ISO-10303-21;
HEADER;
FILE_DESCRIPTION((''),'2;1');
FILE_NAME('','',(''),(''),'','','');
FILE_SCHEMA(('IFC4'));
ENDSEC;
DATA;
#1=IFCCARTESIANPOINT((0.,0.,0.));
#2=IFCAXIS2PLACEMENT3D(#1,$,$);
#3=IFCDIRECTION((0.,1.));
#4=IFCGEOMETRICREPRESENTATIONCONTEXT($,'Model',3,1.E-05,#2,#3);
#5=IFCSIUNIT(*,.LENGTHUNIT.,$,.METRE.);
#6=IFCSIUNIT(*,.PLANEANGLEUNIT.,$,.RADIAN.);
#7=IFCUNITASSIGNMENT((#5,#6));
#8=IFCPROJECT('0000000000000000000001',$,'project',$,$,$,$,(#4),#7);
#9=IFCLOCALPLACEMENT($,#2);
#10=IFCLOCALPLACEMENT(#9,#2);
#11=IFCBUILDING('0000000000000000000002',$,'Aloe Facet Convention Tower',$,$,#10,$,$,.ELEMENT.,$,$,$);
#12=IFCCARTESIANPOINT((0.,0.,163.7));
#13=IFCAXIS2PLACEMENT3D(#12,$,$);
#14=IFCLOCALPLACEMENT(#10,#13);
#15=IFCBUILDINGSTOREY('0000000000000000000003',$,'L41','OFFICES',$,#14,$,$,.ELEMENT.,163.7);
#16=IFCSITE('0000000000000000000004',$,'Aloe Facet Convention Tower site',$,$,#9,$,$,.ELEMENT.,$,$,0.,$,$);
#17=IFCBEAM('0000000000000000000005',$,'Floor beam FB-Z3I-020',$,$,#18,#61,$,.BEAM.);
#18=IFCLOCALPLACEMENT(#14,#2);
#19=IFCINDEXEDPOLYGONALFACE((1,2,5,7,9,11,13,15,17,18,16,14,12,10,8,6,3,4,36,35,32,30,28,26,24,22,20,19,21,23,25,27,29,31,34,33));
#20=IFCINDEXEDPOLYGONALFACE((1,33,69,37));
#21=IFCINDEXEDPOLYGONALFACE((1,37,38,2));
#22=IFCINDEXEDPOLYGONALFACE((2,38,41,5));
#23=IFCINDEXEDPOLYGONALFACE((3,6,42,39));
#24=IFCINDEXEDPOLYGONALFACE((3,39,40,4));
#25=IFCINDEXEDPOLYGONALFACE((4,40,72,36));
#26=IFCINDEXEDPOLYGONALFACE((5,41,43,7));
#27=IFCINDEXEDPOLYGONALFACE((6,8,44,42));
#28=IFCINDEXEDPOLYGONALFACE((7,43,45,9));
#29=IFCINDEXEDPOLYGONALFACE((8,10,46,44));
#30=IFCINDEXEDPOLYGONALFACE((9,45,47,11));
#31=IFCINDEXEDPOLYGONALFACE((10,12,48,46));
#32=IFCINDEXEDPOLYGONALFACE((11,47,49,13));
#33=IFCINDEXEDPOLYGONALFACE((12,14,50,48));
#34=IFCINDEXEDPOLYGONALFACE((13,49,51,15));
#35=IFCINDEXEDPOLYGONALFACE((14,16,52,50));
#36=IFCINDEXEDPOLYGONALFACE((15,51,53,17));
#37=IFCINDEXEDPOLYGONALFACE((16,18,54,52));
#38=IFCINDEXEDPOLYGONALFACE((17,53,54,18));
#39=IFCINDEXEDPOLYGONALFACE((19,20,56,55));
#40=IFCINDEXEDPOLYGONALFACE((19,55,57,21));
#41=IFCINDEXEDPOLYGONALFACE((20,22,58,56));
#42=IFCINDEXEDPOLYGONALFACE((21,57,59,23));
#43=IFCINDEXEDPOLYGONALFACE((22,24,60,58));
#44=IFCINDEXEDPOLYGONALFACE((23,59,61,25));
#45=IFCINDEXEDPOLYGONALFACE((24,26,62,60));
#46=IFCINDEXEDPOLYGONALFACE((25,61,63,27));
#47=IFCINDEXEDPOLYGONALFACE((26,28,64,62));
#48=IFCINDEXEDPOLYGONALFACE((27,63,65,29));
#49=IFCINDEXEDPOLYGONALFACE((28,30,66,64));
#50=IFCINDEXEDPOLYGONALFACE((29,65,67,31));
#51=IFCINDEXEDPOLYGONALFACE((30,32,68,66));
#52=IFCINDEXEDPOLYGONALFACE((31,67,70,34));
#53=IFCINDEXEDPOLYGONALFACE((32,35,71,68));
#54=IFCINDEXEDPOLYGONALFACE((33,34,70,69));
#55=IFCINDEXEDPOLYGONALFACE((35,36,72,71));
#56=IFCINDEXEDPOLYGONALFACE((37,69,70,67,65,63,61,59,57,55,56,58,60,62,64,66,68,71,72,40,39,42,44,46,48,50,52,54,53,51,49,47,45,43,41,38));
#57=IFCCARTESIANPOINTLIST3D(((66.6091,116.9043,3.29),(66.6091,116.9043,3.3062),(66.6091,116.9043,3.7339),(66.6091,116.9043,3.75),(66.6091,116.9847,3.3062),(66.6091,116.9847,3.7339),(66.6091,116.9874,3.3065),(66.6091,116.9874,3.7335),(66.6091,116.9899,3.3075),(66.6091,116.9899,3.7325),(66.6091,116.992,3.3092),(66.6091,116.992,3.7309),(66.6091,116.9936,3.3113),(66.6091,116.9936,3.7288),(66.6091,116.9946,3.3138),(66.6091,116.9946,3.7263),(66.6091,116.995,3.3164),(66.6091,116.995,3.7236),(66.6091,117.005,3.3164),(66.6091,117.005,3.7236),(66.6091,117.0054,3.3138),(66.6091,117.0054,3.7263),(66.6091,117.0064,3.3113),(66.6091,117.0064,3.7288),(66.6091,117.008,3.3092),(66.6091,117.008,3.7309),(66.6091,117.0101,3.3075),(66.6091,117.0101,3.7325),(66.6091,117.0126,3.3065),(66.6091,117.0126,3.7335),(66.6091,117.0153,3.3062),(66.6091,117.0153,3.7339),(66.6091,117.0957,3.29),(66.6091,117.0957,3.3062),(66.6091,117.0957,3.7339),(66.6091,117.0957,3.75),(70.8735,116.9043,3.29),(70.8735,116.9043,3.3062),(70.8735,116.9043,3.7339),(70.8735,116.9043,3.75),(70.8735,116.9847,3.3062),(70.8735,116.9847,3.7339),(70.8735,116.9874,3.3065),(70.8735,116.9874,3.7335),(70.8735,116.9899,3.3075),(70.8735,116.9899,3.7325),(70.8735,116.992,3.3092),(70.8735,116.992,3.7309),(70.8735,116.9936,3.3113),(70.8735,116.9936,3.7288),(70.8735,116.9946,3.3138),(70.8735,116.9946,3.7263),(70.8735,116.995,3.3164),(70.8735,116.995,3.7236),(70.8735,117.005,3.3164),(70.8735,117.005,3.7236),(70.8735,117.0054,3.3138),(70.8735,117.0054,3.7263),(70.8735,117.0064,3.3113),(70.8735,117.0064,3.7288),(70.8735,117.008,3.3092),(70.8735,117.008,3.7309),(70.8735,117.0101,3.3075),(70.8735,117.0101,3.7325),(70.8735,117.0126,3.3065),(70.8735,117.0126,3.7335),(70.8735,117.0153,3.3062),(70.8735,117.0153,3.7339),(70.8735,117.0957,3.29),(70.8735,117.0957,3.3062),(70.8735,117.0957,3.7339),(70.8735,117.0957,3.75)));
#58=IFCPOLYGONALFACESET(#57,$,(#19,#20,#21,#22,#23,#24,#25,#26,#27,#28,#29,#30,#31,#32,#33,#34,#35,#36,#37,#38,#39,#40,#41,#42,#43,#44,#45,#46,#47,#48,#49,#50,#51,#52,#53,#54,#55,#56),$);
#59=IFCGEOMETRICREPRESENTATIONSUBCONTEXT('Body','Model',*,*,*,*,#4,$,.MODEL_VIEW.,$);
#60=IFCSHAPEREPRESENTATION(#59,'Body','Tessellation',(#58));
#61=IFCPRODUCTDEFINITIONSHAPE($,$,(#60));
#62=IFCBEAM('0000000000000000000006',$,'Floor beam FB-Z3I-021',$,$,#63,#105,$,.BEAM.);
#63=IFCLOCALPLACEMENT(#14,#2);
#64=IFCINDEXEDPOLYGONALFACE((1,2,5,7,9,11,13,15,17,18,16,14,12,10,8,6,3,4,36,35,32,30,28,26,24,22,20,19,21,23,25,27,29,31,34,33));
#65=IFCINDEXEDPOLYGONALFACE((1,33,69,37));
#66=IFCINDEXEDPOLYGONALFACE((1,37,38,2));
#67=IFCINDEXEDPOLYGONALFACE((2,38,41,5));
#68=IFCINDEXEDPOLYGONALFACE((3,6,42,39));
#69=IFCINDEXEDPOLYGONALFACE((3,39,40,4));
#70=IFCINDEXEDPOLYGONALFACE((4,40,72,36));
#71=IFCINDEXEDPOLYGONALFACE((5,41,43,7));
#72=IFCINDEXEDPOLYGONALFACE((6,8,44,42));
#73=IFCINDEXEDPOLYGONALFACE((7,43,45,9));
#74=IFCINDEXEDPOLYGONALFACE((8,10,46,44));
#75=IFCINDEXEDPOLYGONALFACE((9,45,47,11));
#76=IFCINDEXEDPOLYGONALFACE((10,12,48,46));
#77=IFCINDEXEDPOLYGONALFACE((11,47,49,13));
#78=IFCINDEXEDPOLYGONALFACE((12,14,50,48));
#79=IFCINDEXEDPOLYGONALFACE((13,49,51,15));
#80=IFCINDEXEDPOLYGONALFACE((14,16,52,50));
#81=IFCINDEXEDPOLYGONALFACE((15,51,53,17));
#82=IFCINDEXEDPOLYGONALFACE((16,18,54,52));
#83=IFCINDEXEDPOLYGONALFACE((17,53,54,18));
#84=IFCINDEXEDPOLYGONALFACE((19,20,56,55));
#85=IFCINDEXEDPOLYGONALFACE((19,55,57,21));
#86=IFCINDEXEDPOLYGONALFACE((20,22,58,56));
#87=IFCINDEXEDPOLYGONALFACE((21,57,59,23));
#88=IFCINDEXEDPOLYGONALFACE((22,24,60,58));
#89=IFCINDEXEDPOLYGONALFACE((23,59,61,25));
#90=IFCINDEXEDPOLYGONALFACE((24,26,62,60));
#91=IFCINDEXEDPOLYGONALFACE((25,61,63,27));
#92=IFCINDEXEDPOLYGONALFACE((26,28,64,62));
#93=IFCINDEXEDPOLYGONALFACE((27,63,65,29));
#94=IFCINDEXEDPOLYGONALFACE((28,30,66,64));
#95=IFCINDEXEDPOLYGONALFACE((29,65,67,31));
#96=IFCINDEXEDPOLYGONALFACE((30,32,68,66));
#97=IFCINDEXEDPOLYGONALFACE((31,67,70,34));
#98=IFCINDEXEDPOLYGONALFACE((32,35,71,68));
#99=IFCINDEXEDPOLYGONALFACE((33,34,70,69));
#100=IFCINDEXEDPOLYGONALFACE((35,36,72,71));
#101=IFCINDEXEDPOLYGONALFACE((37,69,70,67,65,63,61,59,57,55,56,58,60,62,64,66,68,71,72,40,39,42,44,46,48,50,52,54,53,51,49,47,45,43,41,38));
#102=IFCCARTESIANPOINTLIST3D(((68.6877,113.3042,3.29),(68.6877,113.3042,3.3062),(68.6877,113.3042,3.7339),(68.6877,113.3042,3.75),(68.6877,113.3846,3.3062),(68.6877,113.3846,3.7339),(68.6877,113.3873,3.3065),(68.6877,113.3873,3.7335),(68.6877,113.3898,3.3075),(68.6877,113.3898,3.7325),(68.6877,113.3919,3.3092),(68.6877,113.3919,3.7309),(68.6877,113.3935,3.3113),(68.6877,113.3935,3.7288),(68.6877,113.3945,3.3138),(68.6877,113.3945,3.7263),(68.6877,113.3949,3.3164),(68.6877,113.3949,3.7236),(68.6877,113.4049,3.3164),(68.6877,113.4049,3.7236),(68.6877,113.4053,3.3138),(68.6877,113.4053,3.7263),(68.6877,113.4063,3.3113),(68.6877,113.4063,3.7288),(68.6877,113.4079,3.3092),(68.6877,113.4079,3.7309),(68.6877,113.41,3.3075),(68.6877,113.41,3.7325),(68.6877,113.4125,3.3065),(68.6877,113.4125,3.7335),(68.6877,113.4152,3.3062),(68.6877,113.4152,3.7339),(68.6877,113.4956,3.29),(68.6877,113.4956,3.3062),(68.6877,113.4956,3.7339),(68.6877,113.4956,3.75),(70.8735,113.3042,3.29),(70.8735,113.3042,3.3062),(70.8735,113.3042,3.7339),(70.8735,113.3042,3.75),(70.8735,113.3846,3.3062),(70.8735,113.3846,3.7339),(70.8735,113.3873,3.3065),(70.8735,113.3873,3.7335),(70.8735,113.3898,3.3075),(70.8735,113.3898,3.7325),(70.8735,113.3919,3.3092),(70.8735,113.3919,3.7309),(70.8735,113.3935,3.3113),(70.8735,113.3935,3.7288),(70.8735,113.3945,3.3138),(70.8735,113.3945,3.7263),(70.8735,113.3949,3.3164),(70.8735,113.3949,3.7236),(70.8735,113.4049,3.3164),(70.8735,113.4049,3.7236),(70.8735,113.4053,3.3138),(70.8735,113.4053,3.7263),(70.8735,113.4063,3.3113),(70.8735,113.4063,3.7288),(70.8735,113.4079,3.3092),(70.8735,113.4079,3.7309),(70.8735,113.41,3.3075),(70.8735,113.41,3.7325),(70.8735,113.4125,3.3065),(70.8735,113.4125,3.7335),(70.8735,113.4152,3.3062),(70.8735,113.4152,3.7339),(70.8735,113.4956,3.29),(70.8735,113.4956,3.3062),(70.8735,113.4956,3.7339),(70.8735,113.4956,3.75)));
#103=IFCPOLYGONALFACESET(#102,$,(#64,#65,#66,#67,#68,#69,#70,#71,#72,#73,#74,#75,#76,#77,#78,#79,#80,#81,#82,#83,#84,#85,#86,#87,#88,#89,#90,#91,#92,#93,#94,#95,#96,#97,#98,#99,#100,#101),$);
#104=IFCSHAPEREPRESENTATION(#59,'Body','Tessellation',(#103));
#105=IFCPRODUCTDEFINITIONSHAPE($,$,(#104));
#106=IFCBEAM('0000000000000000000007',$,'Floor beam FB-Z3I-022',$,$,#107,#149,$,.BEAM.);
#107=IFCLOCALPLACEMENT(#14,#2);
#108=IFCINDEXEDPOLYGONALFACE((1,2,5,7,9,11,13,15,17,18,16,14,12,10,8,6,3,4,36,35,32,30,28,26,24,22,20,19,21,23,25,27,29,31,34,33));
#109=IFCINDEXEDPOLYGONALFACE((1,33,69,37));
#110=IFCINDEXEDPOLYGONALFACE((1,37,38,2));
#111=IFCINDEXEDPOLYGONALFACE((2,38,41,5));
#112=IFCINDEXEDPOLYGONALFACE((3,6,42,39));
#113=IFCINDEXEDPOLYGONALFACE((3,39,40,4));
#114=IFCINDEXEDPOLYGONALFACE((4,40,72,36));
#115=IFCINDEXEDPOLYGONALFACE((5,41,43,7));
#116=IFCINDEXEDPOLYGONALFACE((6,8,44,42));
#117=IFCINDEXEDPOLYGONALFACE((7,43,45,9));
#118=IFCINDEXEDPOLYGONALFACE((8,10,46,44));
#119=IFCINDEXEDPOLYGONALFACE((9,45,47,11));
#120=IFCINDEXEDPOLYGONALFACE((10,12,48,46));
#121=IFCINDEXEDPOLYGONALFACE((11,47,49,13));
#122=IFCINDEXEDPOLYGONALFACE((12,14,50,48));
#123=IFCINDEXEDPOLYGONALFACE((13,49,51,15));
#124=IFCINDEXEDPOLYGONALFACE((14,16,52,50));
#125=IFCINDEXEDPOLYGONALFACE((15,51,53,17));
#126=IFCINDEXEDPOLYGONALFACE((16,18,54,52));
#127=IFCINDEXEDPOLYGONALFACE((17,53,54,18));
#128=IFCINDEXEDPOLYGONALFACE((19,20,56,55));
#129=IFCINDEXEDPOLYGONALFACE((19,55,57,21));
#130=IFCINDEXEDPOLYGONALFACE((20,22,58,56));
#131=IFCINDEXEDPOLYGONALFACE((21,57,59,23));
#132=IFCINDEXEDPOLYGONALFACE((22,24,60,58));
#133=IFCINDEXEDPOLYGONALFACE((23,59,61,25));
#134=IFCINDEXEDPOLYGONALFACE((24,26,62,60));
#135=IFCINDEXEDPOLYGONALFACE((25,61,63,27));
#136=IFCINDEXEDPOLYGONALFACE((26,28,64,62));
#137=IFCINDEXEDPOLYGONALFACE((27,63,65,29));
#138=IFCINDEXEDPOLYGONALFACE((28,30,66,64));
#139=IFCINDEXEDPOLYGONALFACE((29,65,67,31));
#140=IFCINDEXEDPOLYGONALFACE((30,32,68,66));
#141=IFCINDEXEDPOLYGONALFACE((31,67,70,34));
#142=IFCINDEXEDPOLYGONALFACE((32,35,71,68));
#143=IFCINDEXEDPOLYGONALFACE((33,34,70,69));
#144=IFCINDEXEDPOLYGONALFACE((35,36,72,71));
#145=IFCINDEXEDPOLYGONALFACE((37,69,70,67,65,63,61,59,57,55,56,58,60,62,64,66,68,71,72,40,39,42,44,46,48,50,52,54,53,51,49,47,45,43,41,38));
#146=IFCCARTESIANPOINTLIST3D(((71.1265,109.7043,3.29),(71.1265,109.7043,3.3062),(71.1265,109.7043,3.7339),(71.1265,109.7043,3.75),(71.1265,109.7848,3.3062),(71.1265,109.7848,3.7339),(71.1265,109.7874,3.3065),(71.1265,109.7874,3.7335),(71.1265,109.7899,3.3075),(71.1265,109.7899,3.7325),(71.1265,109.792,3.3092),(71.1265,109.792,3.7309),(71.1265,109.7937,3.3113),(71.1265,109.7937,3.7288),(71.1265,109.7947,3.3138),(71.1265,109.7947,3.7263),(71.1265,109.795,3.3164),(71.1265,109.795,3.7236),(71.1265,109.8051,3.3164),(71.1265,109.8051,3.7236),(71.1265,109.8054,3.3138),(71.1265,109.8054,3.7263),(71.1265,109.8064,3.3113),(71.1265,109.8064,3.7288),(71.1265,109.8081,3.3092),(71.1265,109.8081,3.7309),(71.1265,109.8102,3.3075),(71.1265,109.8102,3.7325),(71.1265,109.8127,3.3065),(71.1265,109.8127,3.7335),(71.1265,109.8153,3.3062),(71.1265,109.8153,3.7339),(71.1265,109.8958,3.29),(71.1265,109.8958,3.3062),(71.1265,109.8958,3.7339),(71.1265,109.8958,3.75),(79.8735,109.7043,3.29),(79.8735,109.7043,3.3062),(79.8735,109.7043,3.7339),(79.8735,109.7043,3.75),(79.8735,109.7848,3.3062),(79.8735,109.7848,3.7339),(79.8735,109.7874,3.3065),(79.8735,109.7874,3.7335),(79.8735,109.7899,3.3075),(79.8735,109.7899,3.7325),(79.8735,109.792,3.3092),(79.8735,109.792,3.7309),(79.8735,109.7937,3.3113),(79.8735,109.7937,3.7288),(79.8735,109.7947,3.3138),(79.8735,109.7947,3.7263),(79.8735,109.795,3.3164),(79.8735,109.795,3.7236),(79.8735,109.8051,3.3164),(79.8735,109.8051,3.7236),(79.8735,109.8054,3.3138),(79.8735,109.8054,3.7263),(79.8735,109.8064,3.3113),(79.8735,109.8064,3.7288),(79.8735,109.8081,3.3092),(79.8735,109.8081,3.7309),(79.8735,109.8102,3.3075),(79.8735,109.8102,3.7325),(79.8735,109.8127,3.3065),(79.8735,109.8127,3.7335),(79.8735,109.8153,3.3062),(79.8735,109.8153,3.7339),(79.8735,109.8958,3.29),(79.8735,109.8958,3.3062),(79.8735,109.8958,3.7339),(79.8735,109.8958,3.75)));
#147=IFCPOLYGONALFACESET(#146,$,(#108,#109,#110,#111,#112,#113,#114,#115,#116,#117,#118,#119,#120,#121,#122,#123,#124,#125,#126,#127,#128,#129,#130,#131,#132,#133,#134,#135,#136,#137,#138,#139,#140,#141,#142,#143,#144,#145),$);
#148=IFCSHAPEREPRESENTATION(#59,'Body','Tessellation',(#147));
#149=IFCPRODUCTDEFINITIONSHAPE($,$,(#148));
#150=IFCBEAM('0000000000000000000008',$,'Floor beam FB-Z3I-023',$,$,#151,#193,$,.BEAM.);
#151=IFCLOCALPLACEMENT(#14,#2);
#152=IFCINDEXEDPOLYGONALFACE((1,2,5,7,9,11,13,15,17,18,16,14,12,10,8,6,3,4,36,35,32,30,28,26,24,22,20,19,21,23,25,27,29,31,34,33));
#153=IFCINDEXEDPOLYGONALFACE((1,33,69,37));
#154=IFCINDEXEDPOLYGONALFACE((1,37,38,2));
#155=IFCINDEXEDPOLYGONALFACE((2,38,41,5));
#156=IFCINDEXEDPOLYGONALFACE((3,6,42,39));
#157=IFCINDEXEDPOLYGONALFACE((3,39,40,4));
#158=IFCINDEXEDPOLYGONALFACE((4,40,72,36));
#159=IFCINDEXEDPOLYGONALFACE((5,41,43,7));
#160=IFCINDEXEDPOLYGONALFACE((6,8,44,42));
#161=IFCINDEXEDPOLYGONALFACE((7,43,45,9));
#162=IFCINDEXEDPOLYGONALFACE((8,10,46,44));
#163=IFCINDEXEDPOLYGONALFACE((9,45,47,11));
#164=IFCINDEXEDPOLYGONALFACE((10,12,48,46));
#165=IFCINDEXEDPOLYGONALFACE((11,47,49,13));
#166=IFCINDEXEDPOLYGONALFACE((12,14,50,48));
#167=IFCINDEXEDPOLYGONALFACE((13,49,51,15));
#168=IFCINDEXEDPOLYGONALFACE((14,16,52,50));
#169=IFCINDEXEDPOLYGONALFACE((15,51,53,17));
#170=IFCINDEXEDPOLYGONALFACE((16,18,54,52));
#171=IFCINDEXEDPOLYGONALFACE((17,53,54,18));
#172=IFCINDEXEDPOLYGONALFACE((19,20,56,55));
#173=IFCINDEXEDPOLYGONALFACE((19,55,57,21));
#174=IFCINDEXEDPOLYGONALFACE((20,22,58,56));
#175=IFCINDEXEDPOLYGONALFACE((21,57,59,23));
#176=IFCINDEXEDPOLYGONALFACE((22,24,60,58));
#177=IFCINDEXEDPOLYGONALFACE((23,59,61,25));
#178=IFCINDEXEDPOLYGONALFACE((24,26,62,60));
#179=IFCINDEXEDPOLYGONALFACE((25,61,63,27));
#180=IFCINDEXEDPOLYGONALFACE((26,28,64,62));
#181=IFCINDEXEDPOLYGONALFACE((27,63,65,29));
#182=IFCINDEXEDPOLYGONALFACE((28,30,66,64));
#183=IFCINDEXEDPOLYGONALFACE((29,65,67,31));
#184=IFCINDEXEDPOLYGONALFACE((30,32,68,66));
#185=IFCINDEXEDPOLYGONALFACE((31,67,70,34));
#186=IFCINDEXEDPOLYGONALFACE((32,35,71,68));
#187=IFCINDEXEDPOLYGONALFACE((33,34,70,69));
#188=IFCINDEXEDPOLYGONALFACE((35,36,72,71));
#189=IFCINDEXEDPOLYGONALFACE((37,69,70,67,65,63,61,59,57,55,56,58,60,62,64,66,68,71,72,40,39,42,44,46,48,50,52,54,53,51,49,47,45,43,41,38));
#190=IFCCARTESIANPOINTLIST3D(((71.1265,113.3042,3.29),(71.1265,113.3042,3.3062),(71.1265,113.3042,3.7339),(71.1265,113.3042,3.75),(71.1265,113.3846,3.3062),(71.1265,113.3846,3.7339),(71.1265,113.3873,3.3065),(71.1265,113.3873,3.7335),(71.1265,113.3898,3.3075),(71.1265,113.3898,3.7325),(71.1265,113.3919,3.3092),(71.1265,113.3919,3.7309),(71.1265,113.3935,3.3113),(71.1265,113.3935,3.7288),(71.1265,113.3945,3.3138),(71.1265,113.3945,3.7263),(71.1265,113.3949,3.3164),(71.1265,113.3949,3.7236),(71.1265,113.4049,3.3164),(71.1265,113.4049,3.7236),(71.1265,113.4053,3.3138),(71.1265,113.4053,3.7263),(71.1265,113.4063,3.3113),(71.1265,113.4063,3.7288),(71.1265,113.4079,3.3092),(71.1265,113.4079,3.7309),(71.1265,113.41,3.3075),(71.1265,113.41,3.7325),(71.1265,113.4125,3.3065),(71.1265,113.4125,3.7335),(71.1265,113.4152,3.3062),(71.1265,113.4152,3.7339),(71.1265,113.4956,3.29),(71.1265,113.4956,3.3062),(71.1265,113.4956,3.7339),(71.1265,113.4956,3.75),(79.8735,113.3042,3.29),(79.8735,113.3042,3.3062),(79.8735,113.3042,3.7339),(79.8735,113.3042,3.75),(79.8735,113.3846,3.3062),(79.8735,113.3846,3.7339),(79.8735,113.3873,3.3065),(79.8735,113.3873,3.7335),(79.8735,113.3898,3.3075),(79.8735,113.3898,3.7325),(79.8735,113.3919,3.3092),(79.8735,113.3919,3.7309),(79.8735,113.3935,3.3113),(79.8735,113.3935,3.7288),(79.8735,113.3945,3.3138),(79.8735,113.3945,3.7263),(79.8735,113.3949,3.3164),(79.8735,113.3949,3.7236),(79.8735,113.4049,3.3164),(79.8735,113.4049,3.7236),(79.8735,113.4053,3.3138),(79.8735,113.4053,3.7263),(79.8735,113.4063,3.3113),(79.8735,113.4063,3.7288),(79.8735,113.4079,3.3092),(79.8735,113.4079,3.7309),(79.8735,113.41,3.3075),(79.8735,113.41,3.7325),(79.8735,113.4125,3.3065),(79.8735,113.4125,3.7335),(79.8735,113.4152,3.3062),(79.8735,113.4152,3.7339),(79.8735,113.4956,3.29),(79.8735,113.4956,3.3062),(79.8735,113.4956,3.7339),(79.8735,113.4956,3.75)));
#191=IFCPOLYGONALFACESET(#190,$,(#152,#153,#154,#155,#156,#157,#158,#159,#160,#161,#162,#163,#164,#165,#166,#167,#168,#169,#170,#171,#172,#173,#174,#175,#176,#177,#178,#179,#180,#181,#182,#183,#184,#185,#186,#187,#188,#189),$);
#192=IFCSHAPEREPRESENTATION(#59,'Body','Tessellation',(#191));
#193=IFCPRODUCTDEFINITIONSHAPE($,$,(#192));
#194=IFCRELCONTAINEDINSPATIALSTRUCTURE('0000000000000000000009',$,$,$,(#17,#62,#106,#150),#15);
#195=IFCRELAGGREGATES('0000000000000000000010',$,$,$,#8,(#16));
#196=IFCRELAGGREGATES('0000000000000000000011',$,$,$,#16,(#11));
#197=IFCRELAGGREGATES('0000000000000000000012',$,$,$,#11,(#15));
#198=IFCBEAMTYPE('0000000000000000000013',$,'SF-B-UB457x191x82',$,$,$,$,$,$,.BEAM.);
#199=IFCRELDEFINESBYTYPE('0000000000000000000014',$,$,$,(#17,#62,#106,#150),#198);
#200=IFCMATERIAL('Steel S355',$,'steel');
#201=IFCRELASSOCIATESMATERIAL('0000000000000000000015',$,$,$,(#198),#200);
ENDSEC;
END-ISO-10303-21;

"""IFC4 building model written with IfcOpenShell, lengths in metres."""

from ifc_helpers import new_model, si_unit, direction, frame, origin, origin_2d, place, context, subcontext, project, spatial, i_section, extrude, material, material_profile, profile_set, type_object, element, save


model = new_model("IFC4")

# Units and contexts
model_context = context("Model", 3, precision=1e-05, world=origin(), true_north=direction((0.0, 1.0)))
body_context = subcontext(model_context, "Body", "Model", "MODEL_VIEW")
ifc_project = project(units=[si_unit("LENGTHUNIT", "METRE"), si_unit("PLANEANGLEUNIT", "RADIAN")], contexts=[model_context])

# Site, building, storey
site_placement = place(None, origin())
site = spatial("IfcSite", under=ifc_project, at=site_placement, Name="Aloe Facet Convention Tower site", CompositionType="ELEMENT", RefElevation=0.0)
building_placement = place(site_placement, origin())
building = spatial("IfcBuilding", under=site, at=building_placement, Name="Aloe Facet Convention Tower", CompositionType="ELEMENT")
storey_placement = place(building_placement, frame((0.0, 0.0, 163.7)))
storey = spatial("IfcBuildingStorey", under=building, at=storey_placement, Name="L41", Description="OFFICES", CompositionType="ELEMENT", Elevation=163.7)

# Beams
ifc_material_1 = material(Name="Steel S355", Category="steel")
ifc_material_profile = material_profile(ifc_material_1, i_section(OverallWidth=0.1914, OverallDepth=0.46, WebThickness=0.01, FlangeThickness=0.0161, FilletRadius=0.0103, at=origin_2d()), Name="UB 457x191x82")
ifc_profile_set = profile_set([ifc_material_profile], Name="Steel S355")
beam_type = type_object("IfcBeamType", Name="SF-B-UB457x191x82", PredefinedType="BEAM", material=ifc_profile_set)
beam_1_placement = place(storey_placement, frame((66.6091, 117.0, 3.52), z_axis=(1.0, 0.0, 0.0), x_axis=(0.0, 1.0, 0.0)))
element("IfcBeam", 1, at=beam_1_placement, inside=storey, type_object=beam_type, Name="Floor beam FB-Z3I-020", PredefinedType="BEAM", context=body_context, shape_type="SweptSolid", body=[
    extrude(i_section(OverallWidth=0.1914, OverallDepth=0.46, WebThickness=0.01, FlangeThickness=0.0161, FilletRadius=0.0103, at=origin_2d()), origin(), (0.0, 0.0, 1.0), 4.2644),
])
beam_2_placement = place(storey_placement, frame((68.6877, 113.3999, 3.52), z_axis=(1.0, 0.0, 0.0), x_axis=(0.0, 1.0, 0.0)))
element("IfcBeam", 2, at=beam_2_placement, inside=storey, type_object=beam_type, Name="Floor beam FB-Z3I-021", PredefinedType="BEAM", context=body_context, shape_type="SweptSolid", body=[
    extrude(i_section(OverallWidth=0.1914, OverallDepth=0.46, WebThickness=0.01, FlangeThickness=0.0161, FilletRadius=0.0103, at=origin_2d()), origin(), (0.0, 0.0, 1.0), 2.1858),
])
for number, where, z_axis, x_axis, name in (
    (3, (71.1265, 109.8, 3.52), (1.0, 0.0, 0.0), (0.0, 1.0, 0.0), "Floor beam FB-Z3I-022"),
    (4, (71.1265, 113.3999, 3.52), (1.0, 0.0, 0.0), (0.0, 1.0, 0.0), "Floor beam FB-Z3I-023"),
):
    element("IfcBeam", number, at=place(storey_placement, frame(where, z_axis=z_axis, x_axis=x_axis)), inside=storey, type_object=beam_type, Name=name, PredefinedType="BEAM", context=body_context, shape_type="SweptSolid", body=[
        extrude(i_section(OverallWidth=0.1914, OverallDepth=0.46, WebThickness=0.01, FlangeThickness=0.0161, FilletRadius=0.0103, at=origin_2d()), origin(), (0.0, 0.0, 1.0), 8.7471),
    ])

save(model, "model.ifc")
